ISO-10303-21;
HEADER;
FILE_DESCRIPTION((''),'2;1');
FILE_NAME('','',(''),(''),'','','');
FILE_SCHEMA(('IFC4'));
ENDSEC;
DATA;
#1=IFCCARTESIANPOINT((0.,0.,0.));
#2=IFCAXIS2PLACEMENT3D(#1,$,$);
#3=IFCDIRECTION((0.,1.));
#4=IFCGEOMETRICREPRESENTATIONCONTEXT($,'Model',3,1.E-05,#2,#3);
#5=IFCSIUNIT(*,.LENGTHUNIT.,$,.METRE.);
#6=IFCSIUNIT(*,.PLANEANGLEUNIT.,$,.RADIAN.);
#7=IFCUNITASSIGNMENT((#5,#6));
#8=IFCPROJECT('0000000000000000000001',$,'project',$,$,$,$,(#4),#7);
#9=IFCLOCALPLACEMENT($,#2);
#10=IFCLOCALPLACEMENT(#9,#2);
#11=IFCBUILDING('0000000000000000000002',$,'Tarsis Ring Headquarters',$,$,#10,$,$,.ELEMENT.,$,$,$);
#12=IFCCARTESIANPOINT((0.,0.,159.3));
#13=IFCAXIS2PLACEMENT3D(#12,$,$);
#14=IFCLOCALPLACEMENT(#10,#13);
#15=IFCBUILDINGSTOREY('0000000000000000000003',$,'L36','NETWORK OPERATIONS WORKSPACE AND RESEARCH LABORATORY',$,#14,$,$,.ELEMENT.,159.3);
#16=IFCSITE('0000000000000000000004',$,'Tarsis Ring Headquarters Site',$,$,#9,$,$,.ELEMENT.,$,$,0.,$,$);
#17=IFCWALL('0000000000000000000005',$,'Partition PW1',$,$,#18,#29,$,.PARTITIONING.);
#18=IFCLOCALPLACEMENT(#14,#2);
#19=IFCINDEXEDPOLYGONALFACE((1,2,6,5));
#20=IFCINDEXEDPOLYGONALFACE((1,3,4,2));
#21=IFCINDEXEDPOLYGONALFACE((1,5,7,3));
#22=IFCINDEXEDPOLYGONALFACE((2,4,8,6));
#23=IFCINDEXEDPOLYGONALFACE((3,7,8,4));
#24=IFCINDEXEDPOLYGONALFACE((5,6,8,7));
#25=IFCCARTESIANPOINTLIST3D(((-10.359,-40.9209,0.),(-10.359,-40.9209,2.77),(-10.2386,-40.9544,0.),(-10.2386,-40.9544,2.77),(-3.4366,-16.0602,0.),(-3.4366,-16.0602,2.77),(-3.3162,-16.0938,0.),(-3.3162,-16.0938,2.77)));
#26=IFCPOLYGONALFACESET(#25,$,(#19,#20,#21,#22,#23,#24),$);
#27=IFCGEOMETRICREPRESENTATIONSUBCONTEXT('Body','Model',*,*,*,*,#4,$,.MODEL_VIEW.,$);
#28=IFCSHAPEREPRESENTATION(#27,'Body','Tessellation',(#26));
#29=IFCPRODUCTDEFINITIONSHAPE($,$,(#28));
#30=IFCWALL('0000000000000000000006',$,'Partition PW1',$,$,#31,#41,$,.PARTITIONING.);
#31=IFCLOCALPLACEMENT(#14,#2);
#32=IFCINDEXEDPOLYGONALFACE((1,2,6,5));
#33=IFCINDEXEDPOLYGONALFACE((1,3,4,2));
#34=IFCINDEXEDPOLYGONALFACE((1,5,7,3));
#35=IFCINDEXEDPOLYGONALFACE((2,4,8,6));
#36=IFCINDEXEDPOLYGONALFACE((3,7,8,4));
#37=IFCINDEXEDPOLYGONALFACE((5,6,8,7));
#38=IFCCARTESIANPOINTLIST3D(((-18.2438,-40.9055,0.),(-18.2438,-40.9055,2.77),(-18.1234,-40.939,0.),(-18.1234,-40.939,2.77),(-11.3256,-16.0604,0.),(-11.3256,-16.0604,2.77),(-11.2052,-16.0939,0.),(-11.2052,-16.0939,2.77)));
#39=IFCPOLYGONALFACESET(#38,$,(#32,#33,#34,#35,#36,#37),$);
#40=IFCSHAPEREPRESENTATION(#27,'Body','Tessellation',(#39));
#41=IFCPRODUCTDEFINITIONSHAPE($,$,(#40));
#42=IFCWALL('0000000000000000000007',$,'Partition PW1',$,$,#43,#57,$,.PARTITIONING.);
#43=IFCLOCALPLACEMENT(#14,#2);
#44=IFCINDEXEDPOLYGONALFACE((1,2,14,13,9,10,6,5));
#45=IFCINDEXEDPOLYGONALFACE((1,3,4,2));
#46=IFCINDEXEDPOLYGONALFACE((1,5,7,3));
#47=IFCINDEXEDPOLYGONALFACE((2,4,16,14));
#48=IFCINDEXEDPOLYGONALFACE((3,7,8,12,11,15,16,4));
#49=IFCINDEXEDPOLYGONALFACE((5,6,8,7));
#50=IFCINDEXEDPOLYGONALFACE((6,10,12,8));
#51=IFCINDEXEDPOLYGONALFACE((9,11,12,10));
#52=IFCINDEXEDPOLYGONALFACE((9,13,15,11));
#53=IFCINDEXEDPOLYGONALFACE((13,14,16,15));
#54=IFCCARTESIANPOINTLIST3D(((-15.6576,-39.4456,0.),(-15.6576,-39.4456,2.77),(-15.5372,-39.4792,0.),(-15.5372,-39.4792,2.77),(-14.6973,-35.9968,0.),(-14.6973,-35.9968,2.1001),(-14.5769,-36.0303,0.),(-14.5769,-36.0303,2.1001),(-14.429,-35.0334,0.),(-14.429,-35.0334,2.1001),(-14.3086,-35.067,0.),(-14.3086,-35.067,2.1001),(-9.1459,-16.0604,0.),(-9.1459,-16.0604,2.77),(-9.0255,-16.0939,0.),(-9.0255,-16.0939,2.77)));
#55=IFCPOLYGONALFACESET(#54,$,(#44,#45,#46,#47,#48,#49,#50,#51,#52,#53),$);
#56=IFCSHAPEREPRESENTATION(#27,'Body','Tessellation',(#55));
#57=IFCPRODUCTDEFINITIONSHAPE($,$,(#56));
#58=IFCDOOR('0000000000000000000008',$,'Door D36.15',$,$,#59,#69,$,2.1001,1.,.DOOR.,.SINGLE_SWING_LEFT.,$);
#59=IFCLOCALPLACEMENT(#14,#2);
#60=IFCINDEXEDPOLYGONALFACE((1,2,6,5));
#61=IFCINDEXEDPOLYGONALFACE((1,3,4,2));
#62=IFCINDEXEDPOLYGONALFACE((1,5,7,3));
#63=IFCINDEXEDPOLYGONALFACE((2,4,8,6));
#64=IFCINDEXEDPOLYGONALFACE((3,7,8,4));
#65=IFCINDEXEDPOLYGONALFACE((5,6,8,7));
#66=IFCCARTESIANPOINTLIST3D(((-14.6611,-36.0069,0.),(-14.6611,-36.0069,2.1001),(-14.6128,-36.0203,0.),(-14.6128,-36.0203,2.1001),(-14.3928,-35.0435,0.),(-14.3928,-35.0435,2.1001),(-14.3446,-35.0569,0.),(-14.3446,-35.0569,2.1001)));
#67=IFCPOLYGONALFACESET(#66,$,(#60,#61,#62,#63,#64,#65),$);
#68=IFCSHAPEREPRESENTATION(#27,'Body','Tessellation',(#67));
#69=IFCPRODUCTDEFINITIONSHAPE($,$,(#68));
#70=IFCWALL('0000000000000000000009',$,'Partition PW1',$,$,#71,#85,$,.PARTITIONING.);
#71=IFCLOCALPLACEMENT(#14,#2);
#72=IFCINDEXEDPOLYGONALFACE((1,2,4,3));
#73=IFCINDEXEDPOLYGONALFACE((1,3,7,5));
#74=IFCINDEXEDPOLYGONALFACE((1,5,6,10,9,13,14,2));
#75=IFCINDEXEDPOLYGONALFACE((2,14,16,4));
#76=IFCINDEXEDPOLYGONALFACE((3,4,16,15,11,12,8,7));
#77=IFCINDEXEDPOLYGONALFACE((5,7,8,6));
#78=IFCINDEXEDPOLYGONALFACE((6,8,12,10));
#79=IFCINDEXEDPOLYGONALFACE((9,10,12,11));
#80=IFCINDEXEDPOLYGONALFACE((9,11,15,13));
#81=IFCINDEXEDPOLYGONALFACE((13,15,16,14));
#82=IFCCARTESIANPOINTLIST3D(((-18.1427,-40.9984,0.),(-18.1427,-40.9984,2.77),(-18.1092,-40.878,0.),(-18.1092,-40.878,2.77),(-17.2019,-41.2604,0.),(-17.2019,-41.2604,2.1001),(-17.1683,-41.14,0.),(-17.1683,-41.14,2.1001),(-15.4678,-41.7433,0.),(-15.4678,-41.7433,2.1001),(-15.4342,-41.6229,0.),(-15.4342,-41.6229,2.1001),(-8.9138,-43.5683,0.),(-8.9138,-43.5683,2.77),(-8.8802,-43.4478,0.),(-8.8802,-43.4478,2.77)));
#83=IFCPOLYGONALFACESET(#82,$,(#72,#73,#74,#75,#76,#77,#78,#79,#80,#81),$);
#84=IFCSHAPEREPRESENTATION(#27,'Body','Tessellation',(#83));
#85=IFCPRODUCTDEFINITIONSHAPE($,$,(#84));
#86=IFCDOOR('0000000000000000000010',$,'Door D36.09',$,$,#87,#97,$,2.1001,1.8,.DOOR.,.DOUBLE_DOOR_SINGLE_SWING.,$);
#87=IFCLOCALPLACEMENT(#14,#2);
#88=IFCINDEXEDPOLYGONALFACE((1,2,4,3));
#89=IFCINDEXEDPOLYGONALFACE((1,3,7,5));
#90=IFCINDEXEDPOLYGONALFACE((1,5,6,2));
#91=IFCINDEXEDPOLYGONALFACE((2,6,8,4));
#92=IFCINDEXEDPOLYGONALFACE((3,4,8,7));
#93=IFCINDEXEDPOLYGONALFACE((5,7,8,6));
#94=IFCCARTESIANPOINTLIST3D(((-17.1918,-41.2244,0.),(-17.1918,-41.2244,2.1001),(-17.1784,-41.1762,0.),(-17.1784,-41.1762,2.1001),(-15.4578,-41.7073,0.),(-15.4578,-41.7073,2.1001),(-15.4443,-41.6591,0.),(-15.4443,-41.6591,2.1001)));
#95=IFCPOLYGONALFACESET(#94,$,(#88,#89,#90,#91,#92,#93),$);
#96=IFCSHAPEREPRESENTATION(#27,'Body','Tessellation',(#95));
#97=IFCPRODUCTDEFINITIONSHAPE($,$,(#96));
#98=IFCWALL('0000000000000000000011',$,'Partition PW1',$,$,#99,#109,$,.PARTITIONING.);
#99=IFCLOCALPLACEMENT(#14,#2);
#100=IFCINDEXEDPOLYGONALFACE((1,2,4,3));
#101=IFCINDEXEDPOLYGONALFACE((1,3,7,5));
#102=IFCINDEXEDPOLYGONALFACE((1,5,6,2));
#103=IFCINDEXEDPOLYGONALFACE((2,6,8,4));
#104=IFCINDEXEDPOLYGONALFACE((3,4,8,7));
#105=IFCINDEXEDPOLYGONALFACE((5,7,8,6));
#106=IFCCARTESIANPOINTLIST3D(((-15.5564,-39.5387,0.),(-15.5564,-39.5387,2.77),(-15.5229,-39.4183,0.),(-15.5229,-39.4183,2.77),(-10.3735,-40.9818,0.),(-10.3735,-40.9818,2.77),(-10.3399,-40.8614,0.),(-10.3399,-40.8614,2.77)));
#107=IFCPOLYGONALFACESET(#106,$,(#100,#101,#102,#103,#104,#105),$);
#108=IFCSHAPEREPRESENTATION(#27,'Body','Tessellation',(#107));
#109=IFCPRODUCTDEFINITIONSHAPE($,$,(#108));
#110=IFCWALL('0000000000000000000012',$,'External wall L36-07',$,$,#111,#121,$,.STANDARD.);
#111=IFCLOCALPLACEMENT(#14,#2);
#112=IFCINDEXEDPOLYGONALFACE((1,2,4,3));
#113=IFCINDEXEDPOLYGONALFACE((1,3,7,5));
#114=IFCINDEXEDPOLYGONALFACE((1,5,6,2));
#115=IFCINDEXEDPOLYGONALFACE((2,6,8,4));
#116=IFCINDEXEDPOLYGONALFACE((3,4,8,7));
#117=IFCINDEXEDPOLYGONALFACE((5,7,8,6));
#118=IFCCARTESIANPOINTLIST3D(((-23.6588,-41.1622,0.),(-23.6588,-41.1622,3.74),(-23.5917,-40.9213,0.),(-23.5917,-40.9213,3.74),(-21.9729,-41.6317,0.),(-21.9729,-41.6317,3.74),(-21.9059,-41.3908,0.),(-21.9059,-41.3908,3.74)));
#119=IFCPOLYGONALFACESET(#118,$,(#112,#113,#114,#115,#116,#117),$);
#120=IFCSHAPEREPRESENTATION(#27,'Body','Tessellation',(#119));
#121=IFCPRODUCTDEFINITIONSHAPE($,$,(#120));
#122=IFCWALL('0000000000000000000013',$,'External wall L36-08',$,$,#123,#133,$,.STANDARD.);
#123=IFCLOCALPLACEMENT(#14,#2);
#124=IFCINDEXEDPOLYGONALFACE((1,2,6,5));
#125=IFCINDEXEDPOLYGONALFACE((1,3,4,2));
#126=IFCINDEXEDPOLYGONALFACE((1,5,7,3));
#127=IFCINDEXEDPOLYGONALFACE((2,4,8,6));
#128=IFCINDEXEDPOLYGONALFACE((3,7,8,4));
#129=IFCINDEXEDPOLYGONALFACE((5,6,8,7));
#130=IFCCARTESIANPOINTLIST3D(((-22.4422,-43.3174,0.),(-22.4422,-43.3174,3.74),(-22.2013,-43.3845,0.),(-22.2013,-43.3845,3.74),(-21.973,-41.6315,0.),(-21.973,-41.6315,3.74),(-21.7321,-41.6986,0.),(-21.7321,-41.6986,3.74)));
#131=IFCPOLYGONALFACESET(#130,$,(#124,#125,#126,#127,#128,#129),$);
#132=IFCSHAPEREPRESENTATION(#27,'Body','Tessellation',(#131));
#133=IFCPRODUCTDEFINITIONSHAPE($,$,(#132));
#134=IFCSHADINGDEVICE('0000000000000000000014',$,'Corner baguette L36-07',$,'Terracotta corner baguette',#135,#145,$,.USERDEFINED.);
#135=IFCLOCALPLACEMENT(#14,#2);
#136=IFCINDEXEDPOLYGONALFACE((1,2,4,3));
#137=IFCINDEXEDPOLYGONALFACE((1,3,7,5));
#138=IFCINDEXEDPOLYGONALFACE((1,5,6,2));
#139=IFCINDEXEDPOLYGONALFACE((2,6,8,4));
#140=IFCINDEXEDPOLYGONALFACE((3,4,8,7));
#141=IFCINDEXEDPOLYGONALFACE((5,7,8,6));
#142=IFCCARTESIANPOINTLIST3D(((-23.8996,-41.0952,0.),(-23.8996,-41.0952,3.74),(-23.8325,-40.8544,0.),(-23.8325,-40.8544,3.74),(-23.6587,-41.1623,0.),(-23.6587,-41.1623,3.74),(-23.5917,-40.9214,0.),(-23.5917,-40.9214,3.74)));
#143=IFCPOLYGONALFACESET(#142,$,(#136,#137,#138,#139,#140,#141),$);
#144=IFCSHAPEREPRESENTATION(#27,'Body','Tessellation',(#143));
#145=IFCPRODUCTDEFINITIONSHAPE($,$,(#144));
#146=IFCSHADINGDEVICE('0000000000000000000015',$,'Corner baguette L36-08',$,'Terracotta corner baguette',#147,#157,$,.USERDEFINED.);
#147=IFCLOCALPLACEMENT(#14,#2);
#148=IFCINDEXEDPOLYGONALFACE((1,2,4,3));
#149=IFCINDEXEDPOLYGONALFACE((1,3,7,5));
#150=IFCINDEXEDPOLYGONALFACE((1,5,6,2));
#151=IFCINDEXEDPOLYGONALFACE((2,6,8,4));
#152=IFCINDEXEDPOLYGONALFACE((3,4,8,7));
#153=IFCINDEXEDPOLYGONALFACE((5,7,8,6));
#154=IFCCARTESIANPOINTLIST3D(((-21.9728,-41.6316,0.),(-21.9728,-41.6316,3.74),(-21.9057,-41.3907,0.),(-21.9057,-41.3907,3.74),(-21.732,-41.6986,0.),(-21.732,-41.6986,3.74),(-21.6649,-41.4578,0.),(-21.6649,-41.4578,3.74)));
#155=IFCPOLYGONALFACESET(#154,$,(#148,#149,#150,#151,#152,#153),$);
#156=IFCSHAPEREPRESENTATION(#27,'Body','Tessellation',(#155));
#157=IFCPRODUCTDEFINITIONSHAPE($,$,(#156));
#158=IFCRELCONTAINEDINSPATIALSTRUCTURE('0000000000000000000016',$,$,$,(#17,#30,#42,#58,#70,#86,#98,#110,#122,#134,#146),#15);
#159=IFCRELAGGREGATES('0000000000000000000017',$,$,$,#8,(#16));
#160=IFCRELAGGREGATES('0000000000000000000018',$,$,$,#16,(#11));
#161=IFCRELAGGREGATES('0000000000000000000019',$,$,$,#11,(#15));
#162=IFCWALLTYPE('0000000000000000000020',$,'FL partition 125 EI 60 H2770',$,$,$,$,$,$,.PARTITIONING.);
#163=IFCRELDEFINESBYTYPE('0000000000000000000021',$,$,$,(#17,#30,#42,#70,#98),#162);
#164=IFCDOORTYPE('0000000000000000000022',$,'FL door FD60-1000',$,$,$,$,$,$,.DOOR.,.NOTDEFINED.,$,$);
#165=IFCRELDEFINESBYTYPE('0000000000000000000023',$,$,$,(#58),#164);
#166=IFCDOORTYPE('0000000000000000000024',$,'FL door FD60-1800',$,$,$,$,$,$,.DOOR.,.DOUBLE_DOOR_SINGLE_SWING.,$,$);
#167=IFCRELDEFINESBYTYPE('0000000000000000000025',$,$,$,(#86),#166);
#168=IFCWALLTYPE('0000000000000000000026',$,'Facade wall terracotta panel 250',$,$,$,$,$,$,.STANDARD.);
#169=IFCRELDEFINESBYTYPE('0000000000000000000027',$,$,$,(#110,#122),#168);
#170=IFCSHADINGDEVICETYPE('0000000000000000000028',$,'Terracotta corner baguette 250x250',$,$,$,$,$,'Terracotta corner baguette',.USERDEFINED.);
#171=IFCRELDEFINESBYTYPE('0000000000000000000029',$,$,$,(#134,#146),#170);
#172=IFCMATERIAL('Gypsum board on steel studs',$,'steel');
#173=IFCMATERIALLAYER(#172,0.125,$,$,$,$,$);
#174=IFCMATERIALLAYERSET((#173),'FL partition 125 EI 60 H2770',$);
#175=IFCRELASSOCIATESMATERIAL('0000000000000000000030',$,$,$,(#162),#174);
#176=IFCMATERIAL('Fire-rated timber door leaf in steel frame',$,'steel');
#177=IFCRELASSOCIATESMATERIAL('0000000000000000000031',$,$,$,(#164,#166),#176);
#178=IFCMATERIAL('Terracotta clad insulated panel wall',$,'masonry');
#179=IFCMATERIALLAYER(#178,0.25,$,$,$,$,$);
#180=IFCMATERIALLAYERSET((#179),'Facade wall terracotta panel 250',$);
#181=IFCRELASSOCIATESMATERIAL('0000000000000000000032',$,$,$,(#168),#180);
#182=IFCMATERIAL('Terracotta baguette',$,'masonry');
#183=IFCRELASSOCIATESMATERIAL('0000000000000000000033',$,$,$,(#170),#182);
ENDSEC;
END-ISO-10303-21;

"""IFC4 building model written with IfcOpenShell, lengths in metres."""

from ifc_helpers import new_model, si_unit, direction, frame, frame_2d, origin, origin_2d, place, context, subcontext, project, spatial, rectangle, extrude, material, layer, layer_set, type_object, element, fill, save


model = new_model("IFC4")

# Units and contexts
model_context = context("Model", 3, precision=1e-05, world=origin(), true_north=direction((0.0, 1.0)))
body_context = subcontext(model_context, "Body", "Model", "MODEL_VIEW")
ifc_project = project(units=[si_unit("LENGTHUNIT", "METRE"), si_unit("PLANEANGLEUNIT", "RADIAN")], contexts=[model_context])

# Site, building, storey
site_placement = place(None, origin())
site = spatial("IfcSite", under=ifc_project, at=site_placement, Name="Tarsis Ring Headquarters Site", CompositionType="ELEMENT", RefElevation=0.0)
building_placement = place(site_placement, origin())
building = spatial("IfcBuilding", under=site, at=building_placement, Name="Tarsis Ring Headquarters", CompositionType="ELEMENT")
storey_placement = place(building_placement, frame((0.0, 0.0, 159.3)))
storey = spatial("IfcBuildingStorey", under=building, at=storey_placement, Name="L36", Description="NETWORK OPERATIONS WORKSPACE AND RESEARCH LABORATORY", CompositionType="ELEMENT", Elevation=159.3)

# Walls
ifc_material_1 = material(Name="Gypsum board on steel studs", Category="steel")
ifc_layer_1 = layer(ifc_material_1, 0.125)
ifc_layer_set_1 = layer_set([ifc_layer_1], Name="FL partition 125 EI 60 H2770")
wall_type_1 = type_object("IfcWallType", Name="FL partition 125 EI 60 H2770", PredefinedType="PARTITIONING", material=ifc_layer_set_1)
wall_1_placement = place(storey_placement, frame((-10.2988, -40.9377, 0.0), z_axis=(0.0, 0.0, 1.0), x_axis=(0.268243, 0.963351, 0.0)))
element("IfcWall", 1, at=wall_1_placement, inside=storey, type_object=wall_type_1, Name="Partition PW1", PredefinedType="PARTITIONING", context=body_context, shape_type="SweptSolid", body=[
    extrude(rectangle(XDim=25.8064, YDim=0.125, at=frame_2d((12.9033, 0.0))), origin(), (0.0, 0.0, 1.0), 2.77),
])
wall_2_placement = place(storey_placement, frame((-18.1836, -40.9221, 0.0), z_axis=(0.0, 0.0, 1.0), x_axis=(0.26825, 0.963349, 0.0)))
element("IfcWall", 2, at=wall_2_placement, inside=storey, type_object=wall_type_1, Name="Partition PW1", PredefinedType="PARTITIONING", context=body_context, shape_type="SweptSolid", body=[
    extrude(rectangle(XDim=25.7903, YDim=0.125, at=frame_2d((12.895, 0.0))), origin(), (0.0, 0.0, 1.0), 2.77),
])

# Walls, openings, doors
wall_3_placement = place(storey_placement, frame((-15.5974, -39.4624, 0.0), z_axis=(0.0, 0.0, 1.0), x_axis=(0.268249, 0.96335, 0.0)))
wall_3 = element("IfcWall", 3, at=wall_3_placement, inside=storey, type_object=wall_type_1, Name="Partition PW1", PredefinedType="PARTITIONING", context=body_context, shape_type="SweptSolid", body=[
    extrude(rectangle(XDim=24.2749, YDim=0.125, at=frame_2d((12.1375, 0.0))), origin(), (0.0, 0.0, 1.0), 2.77),
])
opening_1_placement = place(wall_3_placement, frame((3.5801, 0.0, 0.0)))
opening_1 = element("IfcOpeningElement", 4, at=opening_1_placement, cuts=wall_3, PredefinedType="OPENING", context=body_context, shape_type="SweptSolid", body=[
    extrude(rectangle(XDim=1.0, YDim=2.1001, at=frame_2d((0.5, 1.05))), frame((0.0, 0.0725, 0.0), z_axis=(0.0, -1.0, 0.0), x_axis=(1.0, 0.0, 0.0)), (0.0, 0.0, 1.0), 0.145),
])
ifc_material_2 = material(Name="Fire-rated timber door leaf in steel frame", Category="steel")
door_type_1 = type_object("IfcDoorType", Name="FL door FD60-1000", OperationType="NOTDEFINED", PredefinedType="DOOR", material=ifc_material_2)
door_1_placement = place(opening_1_placement, origin())
door_1 = element("IfcDoor", 5, at=door_1_placement, inside=storey, type_object=door_type_1, Name="Door D36.15", OperationType="SINGLE_SWING_LEFT", OverallHeight=2.1001, OverallWidth=1.0, PredefinedType="DOOR", context=body_context, shape_type="SweptSolid", body=[
    extrude(rectangle(XDim=1.0, YDim=2.1001, at=frame_2d((0.5, 1.05))), frame((0.0, 0.0249, 0.0), z_axis=(0.0, -1.0, 0.0), x_axis=(1.0, 0.0, 0.0)), (0.0, 0.0, 1.0), 0.05),
])
fill(opening_1, door_1)
wall_4_placement = place(storey_placement, frame((-18.126, -40.9382, 0.0), z_axis=(0.0, 0.0, 1.0), x_axis=(0.963351, -0.268246, 0.0)))
wall_4 = element("IfcWall", 6, at=wall_4_placement, inside=storey, type_object=wall_type_1, Name="Partition PW1", PredefinedType="PARTITIONING", context=body_context, shape_type="SweptSolid", body=[
    extrude(rectangle(XDim=9.5801, YDim=0.125, at=frame_2d((4.79, 0.0))), origin(), (0.0, 0.0, 1.0), 2.77),
])
opening_2_placement = place(wall_4_placement, frame((0.9768, 0.0, 0.0)))
opening_2 = element("IfcOpeningElement", 7, at=opening_2_placement, cuts=wall_4, PredefinedType="OPENING", context=body_context, shape_type="SweptSolid", body=[
    extrude(rectangle(XDim=1.8, YDim=2.1001, at=frame_2d((0.8999, 1.05))), frame((0.0, 0.0725, 0.0), z_axis=(0.0, -1.0, 0.0), x_axis=(1.0, 0.0, 0.0)), (0.0, 0.0, 1.0), 0.145),
])
door_type_2 = type_object("IfcDoorType", Name="FL door FD60-1800", OperationType="DOUBLE_DOOR_SINGLE_SWING", PredefinedType="DOOR", material=ifc_material_2)
door_2_placement = place(opening_2_placement, origin())
door_2 = element("IfcDoor", 8, at=door_2_placement, inside=storey, type_object=door_type_2, Name="Door D36.09", OperationType="DOUBLE_DOOR_SINGLE_SWING", OverallHeight=2.1001, OverallWidth=1.8, PredefinedType="DOOR", context=body_context, shape_type="SweptSolid", body=[
    extrude(rectangle(XDim=1.8, YDim=2.1001, at=frame_2d((0.8999, 1.05))), frame((0.0, 0.0249, 0.0), z_axis=(0.0, -1.0, 0.0), x_axis=(1.0, 0.0, 0.0)), (0.0, 0.0, 1.0), 0.05),
])
fill(opening_2, door_2)

# Walls
wall_5_placement = place(storey_placement, frame((-15.5396, -39.4785, 0.0), z_axis=(0.0, 0.0, 1.0), x_axis=(0.963353, -0.268236, 0.0)))
element("IfcWall", 9, at=wall_5_placement, inside=storey, type_object=wall_type_1, Name="Partition PW1", PredefinedType="PARTITIONING", context=body_context, shape_type="SweptSolid", body=[
    extrude(rectangle(XDim=5.3801, YDim=0.125, at=frame_2d((2.6899, 0.0))), origin(), (0.0, 0.0, 1.0), 2.77),
])
ifc_material_3 = material(Name="Terracotta clad insulated panel wall", Category="masonry")
ifc_layer_2 = layer(ifc_material_3, 0.25)
ifc_layer_set_2 = layer_set([ifc_layer_2], Name="Facade wall terracotta panel 250")
wall_type_2 = type_object("IfcWallType", Name="Facade wall terracotta panel 250", PredefinedType="STANDARD", material=ifc_layer_set_2)
for number, where, z_axis, x_axis, name in (
    (10, (-23.6252, -41.0417, 0.0), (0.0, 0.0, 1.0), (0.96334, -0.268284, 0.0), "External wall L36-07"),
    (11, (-21.8525, -41.665, 0.0), (0.0, 0.0, 1.0), (-0.268119, -0.963386, 0.0), "External wall L36-08"),
):
    element("IfcWall", number, at=place(storey_placement, frame(where, z_axis=z_axis, x_axis=x_axis)), inside=storey, type_object=wall_type_2, Name=name, PredefinedType="STANDARD", context=body_context, shape_type="SweptSolid", body=[
        extrude(rectangle(XDim=1.75, YDim=0.25, at=frame_2d((0.875, 0.0))), origin(), (0.0, 0.0, 1.0), 3.74),
    ])

# Shading devices
ifc_material_4 = material(Name="Terracotta baguette", Category="masonry")
shading_device_type_1 = type_object("IfcShadingDeviceType", Name="Terracotta corner baguette 250x250", ElementType="Terracotta corner baguette", PredefinedType="USERDEFINED", material=ifc_material_4)
for number, where, z_axis, x_axis, name in (
    (12, (-23.7456, -41.0083, 0.0), (0.0, 0.0, 1.0), (-0.268247, -0.96335, 0.0), "Corner baguette L36-07"),
    (13, (-21.8188, -41.5447, 0.0), (0.0, 0.0, 1.0), (0.96335, -0.268247, 0.0), "Corner baguette L36-08"),
):
    element("IfcShadingDevice", number, at=place(storey_placement, frame(where, z_axis=z_axis, x_axis=x_axis)), inside=storey, type_object=shading_device_type_1, Name=name, ObjectType="Terracotta corner baguette", PredefinedType="USERDEFINED", context=body_context, shape_type="SweptSolid", body=[
        extrude(rectangle(XDim=0.25, YDim=0.25, at=origin_2d()), origin(), (0.0, 0.0, 1.0), 3.74),
    ])

save(model, "model.ifc")
